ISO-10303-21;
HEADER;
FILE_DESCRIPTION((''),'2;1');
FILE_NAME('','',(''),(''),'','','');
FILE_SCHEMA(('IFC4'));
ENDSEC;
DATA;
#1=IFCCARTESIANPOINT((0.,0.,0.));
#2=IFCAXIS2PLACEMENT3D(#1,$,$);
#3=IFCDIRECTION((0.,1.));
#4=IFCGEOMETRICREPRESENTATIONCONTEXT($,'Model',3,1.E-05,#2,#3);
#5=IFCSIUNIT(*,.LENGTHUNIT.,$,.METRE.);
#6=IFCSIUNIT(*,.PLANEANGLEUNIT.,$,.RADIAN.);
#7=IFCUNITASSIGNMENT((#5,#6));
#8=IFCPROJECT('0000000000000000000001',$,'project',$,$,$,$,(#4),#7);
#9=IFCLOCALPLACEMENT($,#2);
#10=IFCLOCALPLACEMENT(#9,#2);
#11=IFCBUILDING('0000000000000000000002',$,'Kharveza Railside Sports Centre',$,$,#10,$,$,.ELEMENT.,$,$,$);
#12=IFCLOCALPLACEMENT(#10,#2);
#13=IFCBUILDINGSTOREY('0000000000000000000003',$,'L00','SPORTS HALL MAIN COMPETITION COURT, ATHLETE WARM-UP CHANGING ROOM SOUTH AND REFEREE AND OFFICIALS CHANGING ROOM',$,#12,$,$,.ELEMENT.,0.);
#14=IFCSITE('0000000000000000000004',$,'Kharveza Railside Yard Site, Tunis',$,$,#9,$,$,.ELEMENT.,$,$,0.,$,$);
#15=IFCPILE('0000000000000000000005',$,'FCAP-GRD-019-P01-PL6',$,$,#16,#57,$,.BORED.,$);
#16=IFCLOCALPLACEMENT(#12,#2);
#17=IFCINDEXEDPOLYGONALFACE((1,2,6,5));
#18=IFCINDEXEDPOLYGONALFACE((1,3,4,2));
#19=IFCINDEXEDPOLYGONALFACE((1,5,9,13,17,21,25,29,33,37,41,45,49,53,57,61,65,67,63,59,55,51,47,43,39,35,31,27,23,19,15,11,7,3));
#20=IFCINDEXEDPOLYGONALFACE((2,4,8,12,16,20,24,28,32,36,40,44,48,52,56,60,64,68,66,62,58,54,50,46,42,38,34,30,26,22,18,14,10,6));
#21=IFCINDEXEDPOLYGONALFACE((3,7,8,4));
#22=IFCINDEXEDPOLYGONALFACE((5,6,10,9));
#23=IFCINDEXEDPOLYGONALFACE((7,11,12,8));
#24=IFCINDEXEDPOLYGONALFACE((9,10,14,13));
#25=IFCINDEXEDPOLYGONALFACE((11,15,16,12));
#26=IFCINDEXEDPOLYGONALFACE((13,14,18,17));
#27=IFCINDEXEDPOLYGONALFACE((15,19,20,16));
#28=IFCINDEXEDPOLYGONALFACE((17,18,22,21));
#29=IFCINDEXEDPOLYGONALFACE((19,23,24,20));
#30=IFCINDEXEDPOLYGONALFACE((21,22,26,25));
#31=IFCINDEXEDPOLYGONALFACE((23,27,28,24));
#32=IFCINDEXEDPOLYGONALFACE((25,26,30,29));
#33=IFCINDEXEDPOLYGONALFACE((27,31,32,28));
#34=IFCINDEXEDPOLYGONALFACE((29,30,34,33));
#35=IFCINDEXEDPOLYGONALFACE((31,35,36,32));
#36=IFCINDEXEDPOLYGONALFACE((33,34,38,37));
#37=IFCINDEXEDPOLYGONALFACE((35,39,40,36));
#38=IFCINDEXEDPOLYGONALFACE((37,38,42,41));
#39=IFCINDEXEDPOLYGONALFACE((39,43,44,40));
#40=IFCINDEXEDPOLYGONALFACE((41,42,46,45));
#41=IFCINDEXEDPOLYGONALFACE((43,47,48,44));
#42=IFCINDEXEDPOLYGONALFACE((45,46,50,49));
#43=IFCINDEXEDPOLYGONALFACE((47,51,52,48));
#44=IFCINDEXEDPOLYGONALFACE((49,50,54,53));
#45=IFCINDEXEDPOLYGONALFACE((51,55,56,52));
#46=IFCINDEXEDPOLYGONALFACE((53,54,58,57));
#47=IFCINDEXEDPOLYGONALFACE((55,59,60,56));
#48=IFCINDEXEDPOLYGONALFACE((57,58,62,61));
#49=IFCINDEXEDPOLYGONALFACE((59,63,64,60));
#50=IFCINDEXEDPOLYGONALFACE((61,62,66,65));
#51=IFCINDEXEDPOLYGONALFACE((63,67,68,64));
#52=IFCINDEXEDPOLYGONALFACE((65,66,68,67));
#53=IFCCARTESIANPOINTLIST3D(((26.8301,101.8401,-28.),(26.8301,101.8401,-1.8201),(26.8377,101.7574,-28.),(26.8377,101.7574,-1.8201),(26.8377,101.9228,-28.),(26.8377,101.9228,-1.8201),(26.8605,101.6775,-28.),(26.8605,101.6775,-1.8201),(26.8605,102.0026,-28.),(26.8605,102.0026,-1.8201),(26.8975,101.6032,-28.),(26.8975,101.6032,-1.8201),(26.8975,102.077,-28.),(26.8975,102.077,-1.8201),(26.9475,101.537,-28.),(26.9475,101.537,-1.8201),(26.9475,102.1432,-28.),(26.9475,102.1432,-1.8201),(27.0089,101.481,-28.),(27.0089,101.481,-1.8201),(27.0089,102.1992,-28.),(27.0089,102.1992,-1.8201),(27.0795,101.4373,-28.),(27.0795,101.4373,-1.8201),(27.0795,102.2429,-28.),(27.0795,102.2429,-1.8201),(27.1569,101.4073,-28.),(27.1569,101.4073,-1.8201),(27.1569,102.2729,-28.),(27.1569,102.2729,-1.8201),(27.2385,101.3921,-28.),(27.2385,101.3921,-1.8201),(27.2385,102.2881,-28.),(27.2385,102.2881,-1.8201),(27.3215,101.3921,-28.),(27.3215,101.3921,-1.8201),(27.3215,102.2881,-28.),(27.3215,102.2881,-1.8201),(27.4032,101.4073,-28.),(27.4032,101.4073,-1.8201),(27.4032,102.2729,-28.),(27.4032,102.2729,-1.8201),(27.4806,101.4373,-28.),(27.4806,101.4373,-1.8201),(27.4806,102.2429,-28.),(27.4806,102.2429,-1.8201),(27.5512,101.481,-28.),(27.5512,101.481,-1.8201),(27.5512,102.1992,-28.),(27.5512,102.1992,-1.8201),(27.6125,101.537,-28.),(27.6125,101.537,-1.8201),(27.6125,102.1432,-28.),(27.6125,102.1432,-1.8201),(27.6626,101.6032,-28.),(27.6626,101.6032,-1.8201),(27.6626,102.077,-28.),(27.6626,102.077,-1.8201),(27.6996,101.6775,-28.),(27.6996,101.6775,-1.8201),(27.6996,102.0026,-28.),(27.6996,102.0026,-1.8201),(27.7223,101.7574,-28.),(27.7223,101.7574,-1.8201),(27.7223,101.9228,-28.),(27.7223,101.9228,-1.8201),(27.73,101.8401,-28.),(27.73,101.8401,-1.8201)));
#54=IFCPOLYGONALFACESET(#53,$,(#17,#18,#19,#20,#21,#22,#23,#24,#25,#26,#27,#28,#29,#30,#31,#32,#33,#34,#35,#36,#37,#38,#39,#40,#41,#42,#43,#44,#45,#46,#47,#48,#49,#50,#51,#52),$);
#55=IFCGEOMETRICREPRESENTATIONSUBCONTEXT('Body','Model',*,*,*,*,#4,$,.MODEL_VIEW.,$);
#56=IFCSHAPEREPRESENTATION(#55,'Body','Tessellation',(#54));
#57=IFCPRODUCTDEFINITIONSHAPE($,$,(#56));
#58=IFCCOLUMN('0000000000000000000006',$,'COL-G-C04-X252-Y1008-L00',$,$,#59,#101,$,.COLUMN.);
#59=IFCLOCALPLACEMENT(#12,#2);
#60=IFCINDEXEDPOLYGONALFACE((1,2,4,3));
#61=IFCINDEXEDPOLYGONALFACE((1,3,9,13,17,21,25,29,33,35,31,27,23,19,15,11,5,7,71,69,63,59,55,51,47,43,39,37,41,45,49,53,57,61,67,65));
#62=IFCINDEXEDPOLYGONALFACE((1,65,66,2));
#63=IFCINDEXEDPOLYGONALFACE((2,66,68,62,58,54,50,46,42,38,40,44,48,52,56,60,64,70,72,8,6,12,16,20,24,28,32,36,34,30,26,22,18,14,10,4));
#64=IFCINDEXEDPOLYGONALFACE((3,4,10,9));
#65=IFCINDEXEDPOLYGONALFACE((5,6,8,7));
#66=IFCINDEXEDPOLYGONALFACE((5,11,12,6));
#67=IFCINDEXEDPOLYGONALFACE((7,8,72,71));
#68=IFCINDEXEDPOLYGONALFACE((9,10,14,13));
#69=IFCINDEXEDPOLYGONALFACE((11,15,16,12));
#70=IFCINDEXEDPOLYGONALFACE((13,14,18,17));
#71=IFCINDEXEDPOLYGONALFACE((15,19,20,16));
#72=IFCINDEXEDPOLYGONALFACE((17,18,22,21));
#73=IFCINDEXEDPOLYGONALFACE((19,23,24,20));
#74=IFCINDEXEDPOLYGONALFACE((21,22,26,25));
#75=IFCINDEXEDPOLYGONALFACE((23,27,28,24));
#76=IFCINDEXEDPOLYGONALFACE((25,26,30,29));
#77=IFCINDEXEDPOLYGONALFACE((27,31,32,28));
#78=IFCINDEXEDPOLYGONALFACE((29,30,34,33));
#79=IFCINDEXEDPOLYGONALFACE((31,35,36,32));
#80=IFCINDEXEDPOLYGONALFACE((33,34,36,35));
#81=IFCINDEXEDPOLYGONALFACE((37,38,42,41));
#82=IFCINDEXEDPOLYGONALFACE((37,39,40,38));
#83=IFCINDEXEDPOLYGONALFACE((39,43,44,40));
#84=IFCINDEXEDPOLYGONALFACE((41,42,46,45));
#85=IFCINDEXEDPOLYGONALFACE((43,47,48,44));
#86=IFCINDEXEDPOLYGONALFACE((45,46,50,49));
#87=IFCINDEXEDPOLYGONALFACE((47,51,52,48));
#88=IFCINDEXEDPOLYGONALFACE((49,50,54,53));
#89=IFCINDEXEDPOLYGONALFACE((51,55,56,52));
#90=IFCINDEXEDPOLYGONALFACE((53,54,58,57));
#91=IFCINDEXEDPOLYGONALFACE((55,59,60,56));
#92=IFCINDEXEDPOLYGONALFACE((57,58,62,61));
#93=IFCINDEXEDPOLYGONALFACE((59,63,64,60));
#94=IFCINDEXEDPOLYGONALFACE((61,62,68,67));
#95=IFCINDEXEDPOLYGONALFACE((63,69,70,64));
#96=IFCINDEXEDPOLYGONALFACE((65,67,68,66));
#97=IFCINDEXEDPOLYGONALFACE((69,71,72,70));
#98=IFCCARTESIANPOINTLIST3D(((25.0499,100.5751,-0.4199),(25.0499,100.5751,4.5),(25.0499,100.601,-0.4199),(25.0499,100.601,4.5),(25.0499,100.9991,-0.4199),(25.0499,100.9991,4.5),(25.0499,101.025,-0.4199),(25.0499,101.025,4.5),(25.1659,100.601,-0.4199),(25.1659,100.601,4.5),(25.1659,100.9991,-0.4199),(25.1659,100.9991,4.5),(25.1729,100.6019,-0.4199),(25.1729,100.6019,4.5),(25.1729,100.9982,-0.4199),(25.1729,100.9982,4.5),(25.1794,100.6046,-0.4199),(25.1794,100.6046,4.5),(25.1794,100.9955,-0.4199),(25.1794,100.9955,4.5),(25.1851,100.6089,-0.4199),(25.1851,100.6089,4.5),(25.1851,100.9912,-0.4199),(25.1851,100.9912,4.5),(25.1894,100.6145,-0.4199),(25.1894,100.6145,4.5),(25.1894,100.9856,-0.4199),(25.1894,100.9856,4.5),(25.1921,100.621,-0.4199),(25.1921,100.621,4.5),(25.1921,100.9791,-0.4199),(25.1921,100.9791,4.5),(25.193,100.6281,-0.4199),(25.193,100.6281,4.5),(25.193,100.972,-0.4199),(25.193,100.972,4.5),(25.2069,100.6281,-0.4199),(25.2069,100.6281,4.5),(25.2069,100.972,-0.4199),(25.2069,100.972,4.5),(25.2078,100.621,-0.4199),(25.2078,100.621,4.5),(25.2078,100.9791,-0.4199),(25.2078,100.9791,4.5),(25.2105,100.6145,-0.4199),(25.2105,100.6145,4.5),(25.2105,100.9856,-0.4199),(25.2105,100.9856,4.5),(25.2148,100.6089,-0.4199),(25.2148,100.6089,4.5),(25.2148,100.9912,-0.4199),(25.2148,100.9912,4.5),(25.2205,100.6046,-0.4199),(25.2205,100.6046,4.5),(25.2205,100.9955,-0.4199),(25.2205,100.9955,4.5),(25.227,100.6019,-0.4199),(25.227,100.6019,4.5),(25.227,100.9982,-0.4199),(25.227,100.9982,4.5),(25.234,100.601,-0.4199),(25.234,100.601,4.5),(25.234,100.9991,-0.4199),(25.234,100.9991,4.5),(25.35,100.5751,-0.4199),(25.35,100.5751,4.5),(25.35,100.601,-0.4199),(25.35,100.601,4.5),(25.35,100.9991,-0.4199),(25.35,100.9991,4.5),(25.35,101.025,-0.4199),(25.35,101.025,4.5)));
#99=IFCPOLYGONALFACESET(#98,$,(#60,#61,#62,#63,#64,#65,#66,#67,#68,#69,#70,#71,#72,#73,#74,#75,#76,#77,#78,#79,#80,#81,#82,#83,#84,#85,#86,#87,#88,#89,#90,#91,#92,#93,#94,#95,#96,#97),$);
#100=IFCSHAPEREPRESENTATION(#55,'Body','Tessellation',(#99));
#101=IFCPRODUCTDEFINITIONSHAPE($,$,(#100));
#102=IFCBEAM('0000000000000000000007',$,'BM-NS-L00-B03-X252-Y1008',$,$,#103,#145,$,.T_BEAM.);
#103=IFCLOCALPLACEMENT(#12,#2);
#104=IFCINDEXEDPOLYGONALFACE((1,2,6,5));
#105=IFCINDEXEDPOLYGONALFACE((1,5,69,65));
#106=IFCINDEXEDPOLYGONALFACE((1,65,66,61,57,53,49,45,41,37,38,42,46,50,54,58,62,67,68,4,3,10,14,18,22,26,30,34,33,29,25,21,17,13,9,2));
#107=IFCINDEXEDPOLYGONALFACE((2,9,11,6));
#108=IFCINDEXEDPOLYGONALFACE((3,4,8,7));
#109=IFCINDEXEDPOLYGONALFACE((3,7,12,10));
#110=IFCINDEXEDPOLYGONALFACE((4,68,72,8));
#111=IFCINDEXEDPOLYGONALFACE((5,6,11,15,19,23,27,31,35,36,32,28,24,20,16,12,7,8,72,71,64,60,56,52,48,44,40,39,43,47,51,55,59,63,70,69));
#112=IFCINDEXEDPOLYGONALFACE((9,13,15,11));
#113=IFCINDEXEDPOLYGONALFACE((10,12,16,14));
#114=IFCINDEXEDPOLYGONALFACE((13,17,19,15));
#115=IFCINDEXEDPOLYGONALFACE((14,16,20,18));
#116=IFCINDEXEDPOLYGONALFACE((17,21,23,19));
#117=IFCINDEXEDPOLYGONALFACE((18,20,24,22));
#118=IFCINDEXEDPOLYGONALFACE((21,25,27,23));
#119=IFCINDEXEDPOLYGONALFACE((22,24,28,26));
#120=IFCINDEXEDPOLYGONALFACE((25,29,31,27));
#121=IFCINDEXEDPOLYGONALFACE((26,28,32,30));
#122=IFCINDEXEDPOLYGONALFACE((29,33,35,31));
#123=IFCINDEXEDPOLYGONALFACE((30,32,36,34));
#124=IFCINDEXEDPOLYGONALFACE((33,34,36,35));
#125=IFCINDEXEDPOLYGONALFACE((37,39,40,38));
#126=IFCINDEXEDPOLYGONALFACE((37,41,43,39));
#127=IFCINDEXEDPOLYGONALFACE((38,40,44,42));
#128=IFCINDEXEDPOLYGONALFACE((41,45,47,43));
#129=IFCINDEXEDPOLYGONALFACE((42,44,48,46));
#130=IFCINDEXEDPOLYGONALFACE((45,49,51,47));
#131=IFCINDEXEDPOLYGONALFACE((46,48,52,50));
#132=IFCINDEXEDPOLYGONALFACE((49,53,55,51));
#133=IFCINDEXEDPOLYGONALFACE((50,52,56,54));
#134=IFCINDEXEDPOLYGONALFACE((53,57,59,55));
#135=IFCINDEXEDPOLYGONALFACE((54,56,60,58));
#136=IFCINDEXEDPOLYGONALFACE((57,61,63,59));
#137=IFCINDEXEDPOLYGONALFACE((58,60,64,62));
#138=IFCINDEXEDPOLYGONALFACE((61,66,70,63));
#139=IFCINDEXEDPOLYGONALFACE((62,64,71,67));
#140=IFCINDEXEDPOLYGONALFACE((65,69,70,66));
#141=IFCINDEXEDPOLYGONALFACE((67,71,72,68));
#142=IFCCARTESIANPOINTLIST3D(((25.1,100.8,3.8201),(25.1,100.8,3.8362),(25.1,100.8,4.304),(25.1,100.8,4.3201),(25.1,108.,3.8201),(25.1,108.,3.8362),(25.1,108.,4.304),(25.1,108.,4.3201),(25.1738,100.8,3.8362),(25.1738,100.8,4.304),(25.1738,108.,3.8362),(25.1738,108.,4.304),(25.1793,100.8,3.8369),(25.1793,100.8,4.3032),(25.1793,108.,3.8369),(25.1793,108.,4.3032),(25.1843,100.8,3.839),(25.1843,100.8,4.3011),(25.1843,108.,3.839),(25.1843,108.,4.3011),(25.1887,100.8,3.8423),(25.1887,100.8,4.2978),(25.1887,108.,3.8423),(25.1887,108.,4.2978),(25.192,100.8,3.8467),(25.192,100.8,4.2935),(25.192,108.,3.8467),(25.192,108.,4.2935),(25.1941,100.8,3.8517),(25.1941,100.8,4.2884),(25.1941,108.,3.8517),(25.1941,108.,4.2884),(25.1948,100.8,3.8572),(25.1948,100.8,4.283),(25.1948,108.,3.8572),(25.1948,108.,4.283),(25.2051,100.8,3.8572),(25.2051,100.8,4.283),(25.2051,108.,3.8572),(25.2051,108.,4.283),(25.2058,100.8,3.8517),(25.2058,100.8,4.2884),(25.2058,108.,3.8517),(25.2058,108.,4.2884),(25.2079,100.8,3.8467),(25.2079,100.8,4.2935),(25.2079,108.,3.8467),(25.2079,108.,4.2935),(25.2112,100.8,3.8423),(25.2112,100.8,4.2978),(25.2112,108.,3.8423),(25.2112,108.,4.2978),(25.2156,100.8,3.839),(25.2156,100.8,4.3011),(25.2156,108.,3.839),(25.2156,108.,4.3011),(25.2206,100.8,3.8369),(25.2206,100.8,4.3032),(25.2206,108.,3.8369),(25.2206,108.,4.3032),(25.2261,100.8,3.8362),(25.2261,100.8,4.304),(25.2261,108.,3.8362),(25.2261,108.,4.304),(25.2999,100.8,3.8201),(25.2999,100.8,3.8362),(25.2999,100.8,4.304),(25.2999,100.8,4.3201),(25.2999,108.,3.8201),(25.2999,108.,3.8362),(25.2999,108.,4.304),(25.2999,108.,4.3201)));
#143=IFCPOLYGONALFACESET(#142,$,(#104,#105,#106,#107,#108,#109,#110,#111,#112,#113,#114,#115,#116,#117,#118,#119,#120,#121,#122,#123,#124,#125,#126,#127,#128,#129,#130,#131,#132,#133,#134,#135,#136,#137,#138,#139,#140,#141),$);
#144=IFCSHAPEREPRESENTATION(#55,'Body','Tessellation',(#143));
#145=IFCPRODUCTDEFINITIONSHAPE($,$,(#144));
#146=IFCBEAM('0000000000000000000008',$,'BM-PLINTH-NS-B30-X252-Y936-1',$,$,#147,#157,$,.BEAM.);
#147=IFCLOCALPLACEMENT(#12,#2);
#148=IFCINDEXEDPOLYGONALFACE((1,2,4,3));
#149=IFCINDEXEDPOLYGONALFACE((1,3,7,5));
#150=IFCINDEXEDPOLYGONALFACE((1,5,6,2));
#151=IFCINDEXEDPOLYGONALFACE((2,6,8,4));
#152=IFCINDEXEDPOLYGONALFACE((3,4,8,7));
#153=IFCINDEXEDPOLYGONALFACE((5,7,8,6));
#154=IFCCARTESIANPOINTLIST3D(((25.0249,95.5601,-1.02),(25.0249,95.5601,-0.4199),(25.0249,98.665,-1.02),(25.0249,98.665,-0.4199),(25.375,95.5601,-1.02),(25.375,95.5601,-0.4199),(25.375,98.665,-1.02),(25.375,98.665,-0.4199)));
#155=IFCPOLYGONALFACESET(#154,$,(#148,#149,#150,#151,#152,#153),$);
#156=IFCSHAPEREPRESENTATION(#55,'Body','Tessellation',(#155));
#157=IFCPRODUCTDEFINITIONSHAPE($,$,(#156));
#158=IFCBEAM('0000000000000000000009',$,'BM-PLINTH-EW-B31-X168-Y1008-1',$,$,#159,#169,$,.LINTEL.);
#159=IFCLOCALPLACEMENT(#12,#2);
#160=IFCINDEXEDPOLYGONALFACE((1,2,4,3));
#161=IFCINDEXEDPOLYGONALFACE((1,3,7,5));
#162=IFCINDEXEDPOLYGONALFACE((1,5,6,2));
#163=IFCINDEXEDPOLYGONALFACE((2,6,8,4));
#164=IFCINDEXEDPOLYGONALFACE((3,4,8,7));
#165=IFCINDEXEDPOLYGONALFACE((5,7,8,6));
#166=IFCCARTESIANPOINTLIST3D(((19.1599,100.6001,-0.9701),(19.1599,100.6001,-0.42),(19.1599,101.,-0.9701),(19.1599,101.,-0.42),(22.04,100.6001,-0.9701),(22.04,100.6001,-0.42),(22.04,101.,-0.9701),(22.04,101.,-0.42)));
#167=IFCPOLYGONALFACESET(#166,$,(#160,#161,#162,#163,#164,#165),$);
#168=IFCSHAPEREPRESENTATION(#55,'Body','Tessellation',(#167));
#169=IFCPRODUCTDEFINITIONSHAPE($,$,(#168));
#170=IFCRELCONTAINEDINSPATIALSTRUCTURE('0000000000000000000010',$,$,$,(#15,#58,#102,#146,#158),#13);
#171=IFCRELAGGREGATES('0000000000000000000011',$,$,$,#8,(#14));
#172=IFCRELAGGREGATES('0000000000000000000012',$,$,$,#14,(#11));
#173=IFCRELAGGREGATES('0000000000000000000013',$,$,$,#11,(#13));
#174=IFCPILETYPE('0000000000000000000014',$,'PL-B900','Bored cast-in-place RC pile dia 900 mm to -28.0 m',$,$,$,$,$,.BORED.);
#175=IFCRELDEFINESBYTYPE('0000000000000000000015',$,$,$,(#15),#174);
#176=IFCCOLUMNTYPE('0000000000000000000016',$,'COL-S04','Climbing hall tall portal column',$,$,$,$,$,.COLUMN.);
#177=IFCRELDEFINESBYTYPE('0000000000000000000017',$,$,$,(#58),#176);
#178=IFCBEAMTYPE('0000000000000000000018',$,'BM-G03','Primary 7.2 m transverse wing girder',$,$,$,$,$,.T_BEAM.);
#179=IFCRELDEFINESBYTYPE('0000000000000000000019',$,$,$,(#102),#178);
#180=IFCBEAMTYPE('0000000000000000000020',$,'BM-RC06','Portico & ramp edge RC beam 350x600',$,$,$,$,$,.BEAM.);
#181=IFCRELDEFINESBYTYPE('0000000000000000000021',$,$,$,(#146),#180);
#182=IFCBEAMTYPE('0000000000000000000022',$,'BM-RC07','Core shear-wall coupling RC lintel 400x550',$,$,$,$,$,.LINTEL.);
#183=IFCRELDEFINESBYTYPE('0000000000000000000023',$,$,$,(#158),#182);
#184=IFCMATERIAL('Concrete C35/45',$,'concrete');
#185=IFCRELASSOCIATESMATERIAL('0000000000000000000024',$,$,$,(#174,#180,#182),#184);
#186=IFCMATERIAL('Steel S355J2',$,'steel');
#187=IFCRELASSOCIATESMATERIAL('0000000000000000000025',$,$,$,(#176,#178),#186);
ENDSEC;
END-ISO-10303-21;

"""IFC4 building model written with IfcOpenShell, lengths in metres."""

from ifc_helpers import new_model, si_unit, direction, frame, origin, origin_2d, place, context, subcontext, project, spatial, rectangle, circle, i_section, extrude, material, material_profile, profile_set, type_object, element, save


model = new_model("IFC4")

# Units and contexts
model_context = context("Model", 3, precision=1e-05, world=origin(), true_north=direction((0.0, 1.0)))
body_context = subcontext(model_context, "Body", "Model", "MODEL_VIEW")
ifc_project = project(units=[si_unit("LENGTHUNIT", "METRE"), si_unit("PLANEANGLEUNIT", "RADIAN")], contexts=[model_context])

# Site, building, storey
site_placement = place(None, origin())
site = spatial("IfcSite", under=ifc_project, at=site_placement, Name="Kharveza Railside Yard Site, Tunis", CompositionType="ELEMENT", RefElevation=0.0)
building_placement = place(site_placement, origin())
building = spatial("IfcBuilding", under=site, at=building_placement, Name="Kharveza Railside Sports Centre", CompositionType="ELEMENT")
storey_placement = place(building_placement, origin())
storey = spatial("IfcBuildingStorey", under=building, at=storey_placement, Name="L00", Description="SPORTS HALL MAIN COMPETITION COURT, ATHLETE WARM-UP CHANGING ROOM SOUTH AND REFEREE AND OFFICIALS CHANGING ROOM", CompositionType="ELEMENT", Elevation=0.0)

# Shared definitions
ifc_material_1 = material(Name="Concrete C35/45", Category="concrete")

# Pile
ifc_material_profile_1 = material_profile(ifc_material_1, circle(Radius=0.45, at=origin_2d()), Name="PILE D900")
ifc_profile_set_1 = profile_set([ifc_material_profile_1], Name="Concrete C35/45")
pile_type_1 = type_object("IfcPileType", Name="PL-B900", Description="Bored cast-in-place RC pile dia 900 mm to -28.0 m", PredefinedType="BORED", material=ifc_profile_set_1)
for number, where, z_axis, x_axis, name in (
    (1, (27.28, 101.8401, -1.8201), (0.0, 0.0, -1.0), (1.0, 0.0, 0.0), "FCAP-GRD-019-P01-PL6"),
):
    element("IfcPile", number, at=place(storey_placement, frame(where, z_axis=z_axis, x_axis=x_axis)), inside=storey, type_object=pile_type_1, Name=name, PredefinedType="BORED", context=body_context, shape_type="SweptSolid", body=[
        extrude(circle(Radius=0.45, at=origin_2d()), origin(), (0.0, 0.0, 1.0), 26.1799),
    ])

# Column
ifc_material_2 = material(Name="Steel S355J2", Category="steel")
ifc_material_profile_2 = material_profile(ifc_material_2, i_section(OverallWidth=0.3, OverallDepth=0.45, WebThickness=0.0139, FlangeThickness=0.0259, FilletRadius=0.0271, at=origin_2d()), Name="HEB 450")
ifc_profile_set_2 = profile_set([ifc_material_profile_2], Name="Steel S355J2")
column_type = type_object("IfcColumnType", Name="COL-S04", Description="Climbing hall tall portal column", PredefinedType="COLUMN", material=ifc_profile_set_2)
column_placement = place(storey_placement, frame((25.2, 100.8, -0.4199), z_axis=(0.0, 0.0, 1.0), x_axis=(1.0, 0.0, 0.0)))
element("IfcColumn", 2, at=column_placement, inside=storey, type_object=column_type, Name="COL-G-C04-X252-Y1008-L00", PredefinedType="COLUMN", context=body_context, shape_type="SweptSolid", body=[
    extrude(i_section(OverallWidth=0.3, OverallDepth=0.45, WebThickness=0.0139, FlangeThickness=0.0259, FilletRadius=0.0271, at=origin_2d()), origin(), (0.0, 0.0, 1.0), 4.9199),
])

# Beams
ifc_material_profile_3 = material_profile(ifc_material_2, i_section(OverallWidth=0.2, OverallDepth=0.5, WebThickness=0.0103, FlangeThickness=0.0161, FilletRadius=0.021, at=origin_2d()), Name="IPE 500")
ifc_profile_set_3 = profile_set([ifc_material_profile_3], Name="Steel S355J2")
beam_type_1 = type_object("IfcBeamType", Name="BM-G03", Description="Primary 7.2 m transverse wing girder", PredefinedType="T_BEAM", material=ifc_profile_set_3)
beam_1_placement = place(storey_placement, frame((25.2, 100.8, 4.0701), z_axis=(0.0, 1.0, 0.0), x_axis=(-1.0, 0.0, 0.0)))
element("IfcBeam", 3, at=beam_1_placement, inside=storey, type_object=beam_type_1, Name="BM-NS-L00-B03-X252-Y1008", PredefinedType="T_BEAM", context=body_context, shape_type="SweptSolid", body=[
    extrude(i_section(OverallWidth=0.2, OverallDepth=0.5, WebThickness=0.0103, FlangeThickness=0.0161, FilletRadius=0.021, at=origin_2d()), origin(), (0.0, 0.0, 1.0), 7.2),
])
ifc_material_profile_4 = material_profile(ifc_material_1, rectangle(XDim=0.3501, YDim=0.6001, at=origin_2d()), Name="RCB 350x600")
ifc_profile_set_4 = profile_set([ifc_material_profile_4], Name="Concrete C35/45")
beam_type_2 = type_object("IfcBeamType", Name="BM-RC06", Description="Portico & ramp edge RC beam 350x600", PredefinedType="BEAM", material=ifc_profile_set_4)
beam_2_placement = place(storey_placement, frame((25.2, 95.5601, -0.72), z_axis=(0.0, 1.0, 0.0), x_axis=(-1.0, 0.0, 0.0)))
element("IfcBeam", 4, at=beam_2_placement, inside=storey, type_object=beam_type_2, Name="BM-PLINTH-NS-B30-X252-Y936-1", PredefinedType="BEAM", context=body_context, shape_type="SweptSolid", body=[
    extrude(rectangle(XDim=0.3501, YDim=0.6001, at=origin_2d()), origin(), (0.0, 0.0, 1.0), 3.105),
])
ifc_material_profile_5 = material_profile(ifc_material_1, rectangle(XDim=0.3999, YDim=0.55, at=origin_2d()), Name="RCB 400x550")
ifc_profile_set_5 = profile_set([ifc_material_profile_5], Name="Concrete C35/45")
beam_type_3 = type_object("IfcBeamType", Name="BM-RC07", Description="Core shear-wall coupling RC lintel 400x550", PredefinedType="LINTEL", material=ifc_profile_set_5)
beam_3_placement = place(storey_placement, frame((19.1599, 100.8, -0.6951), z_axis=(1.0, 0.0, 0.0), x_axis=(0.0, 1.0, 0.0)))
element("IfcBeam", 5, at=beam_3_placement, inside=storey, type_object=beam_type_3, Name="BM-PLINTH-EW-B31-X168-Y1008-1", PredefinedType="LINTEL", context=body_context, shape_type="SweptSolid", body=[
    extrude(rectangle(XDim=0.3999, YDim=0.55, at=origin_2d()), origin(), (0.0, 0.0, 1.0), 2.8801),
])

save(model, "model.ifc")
